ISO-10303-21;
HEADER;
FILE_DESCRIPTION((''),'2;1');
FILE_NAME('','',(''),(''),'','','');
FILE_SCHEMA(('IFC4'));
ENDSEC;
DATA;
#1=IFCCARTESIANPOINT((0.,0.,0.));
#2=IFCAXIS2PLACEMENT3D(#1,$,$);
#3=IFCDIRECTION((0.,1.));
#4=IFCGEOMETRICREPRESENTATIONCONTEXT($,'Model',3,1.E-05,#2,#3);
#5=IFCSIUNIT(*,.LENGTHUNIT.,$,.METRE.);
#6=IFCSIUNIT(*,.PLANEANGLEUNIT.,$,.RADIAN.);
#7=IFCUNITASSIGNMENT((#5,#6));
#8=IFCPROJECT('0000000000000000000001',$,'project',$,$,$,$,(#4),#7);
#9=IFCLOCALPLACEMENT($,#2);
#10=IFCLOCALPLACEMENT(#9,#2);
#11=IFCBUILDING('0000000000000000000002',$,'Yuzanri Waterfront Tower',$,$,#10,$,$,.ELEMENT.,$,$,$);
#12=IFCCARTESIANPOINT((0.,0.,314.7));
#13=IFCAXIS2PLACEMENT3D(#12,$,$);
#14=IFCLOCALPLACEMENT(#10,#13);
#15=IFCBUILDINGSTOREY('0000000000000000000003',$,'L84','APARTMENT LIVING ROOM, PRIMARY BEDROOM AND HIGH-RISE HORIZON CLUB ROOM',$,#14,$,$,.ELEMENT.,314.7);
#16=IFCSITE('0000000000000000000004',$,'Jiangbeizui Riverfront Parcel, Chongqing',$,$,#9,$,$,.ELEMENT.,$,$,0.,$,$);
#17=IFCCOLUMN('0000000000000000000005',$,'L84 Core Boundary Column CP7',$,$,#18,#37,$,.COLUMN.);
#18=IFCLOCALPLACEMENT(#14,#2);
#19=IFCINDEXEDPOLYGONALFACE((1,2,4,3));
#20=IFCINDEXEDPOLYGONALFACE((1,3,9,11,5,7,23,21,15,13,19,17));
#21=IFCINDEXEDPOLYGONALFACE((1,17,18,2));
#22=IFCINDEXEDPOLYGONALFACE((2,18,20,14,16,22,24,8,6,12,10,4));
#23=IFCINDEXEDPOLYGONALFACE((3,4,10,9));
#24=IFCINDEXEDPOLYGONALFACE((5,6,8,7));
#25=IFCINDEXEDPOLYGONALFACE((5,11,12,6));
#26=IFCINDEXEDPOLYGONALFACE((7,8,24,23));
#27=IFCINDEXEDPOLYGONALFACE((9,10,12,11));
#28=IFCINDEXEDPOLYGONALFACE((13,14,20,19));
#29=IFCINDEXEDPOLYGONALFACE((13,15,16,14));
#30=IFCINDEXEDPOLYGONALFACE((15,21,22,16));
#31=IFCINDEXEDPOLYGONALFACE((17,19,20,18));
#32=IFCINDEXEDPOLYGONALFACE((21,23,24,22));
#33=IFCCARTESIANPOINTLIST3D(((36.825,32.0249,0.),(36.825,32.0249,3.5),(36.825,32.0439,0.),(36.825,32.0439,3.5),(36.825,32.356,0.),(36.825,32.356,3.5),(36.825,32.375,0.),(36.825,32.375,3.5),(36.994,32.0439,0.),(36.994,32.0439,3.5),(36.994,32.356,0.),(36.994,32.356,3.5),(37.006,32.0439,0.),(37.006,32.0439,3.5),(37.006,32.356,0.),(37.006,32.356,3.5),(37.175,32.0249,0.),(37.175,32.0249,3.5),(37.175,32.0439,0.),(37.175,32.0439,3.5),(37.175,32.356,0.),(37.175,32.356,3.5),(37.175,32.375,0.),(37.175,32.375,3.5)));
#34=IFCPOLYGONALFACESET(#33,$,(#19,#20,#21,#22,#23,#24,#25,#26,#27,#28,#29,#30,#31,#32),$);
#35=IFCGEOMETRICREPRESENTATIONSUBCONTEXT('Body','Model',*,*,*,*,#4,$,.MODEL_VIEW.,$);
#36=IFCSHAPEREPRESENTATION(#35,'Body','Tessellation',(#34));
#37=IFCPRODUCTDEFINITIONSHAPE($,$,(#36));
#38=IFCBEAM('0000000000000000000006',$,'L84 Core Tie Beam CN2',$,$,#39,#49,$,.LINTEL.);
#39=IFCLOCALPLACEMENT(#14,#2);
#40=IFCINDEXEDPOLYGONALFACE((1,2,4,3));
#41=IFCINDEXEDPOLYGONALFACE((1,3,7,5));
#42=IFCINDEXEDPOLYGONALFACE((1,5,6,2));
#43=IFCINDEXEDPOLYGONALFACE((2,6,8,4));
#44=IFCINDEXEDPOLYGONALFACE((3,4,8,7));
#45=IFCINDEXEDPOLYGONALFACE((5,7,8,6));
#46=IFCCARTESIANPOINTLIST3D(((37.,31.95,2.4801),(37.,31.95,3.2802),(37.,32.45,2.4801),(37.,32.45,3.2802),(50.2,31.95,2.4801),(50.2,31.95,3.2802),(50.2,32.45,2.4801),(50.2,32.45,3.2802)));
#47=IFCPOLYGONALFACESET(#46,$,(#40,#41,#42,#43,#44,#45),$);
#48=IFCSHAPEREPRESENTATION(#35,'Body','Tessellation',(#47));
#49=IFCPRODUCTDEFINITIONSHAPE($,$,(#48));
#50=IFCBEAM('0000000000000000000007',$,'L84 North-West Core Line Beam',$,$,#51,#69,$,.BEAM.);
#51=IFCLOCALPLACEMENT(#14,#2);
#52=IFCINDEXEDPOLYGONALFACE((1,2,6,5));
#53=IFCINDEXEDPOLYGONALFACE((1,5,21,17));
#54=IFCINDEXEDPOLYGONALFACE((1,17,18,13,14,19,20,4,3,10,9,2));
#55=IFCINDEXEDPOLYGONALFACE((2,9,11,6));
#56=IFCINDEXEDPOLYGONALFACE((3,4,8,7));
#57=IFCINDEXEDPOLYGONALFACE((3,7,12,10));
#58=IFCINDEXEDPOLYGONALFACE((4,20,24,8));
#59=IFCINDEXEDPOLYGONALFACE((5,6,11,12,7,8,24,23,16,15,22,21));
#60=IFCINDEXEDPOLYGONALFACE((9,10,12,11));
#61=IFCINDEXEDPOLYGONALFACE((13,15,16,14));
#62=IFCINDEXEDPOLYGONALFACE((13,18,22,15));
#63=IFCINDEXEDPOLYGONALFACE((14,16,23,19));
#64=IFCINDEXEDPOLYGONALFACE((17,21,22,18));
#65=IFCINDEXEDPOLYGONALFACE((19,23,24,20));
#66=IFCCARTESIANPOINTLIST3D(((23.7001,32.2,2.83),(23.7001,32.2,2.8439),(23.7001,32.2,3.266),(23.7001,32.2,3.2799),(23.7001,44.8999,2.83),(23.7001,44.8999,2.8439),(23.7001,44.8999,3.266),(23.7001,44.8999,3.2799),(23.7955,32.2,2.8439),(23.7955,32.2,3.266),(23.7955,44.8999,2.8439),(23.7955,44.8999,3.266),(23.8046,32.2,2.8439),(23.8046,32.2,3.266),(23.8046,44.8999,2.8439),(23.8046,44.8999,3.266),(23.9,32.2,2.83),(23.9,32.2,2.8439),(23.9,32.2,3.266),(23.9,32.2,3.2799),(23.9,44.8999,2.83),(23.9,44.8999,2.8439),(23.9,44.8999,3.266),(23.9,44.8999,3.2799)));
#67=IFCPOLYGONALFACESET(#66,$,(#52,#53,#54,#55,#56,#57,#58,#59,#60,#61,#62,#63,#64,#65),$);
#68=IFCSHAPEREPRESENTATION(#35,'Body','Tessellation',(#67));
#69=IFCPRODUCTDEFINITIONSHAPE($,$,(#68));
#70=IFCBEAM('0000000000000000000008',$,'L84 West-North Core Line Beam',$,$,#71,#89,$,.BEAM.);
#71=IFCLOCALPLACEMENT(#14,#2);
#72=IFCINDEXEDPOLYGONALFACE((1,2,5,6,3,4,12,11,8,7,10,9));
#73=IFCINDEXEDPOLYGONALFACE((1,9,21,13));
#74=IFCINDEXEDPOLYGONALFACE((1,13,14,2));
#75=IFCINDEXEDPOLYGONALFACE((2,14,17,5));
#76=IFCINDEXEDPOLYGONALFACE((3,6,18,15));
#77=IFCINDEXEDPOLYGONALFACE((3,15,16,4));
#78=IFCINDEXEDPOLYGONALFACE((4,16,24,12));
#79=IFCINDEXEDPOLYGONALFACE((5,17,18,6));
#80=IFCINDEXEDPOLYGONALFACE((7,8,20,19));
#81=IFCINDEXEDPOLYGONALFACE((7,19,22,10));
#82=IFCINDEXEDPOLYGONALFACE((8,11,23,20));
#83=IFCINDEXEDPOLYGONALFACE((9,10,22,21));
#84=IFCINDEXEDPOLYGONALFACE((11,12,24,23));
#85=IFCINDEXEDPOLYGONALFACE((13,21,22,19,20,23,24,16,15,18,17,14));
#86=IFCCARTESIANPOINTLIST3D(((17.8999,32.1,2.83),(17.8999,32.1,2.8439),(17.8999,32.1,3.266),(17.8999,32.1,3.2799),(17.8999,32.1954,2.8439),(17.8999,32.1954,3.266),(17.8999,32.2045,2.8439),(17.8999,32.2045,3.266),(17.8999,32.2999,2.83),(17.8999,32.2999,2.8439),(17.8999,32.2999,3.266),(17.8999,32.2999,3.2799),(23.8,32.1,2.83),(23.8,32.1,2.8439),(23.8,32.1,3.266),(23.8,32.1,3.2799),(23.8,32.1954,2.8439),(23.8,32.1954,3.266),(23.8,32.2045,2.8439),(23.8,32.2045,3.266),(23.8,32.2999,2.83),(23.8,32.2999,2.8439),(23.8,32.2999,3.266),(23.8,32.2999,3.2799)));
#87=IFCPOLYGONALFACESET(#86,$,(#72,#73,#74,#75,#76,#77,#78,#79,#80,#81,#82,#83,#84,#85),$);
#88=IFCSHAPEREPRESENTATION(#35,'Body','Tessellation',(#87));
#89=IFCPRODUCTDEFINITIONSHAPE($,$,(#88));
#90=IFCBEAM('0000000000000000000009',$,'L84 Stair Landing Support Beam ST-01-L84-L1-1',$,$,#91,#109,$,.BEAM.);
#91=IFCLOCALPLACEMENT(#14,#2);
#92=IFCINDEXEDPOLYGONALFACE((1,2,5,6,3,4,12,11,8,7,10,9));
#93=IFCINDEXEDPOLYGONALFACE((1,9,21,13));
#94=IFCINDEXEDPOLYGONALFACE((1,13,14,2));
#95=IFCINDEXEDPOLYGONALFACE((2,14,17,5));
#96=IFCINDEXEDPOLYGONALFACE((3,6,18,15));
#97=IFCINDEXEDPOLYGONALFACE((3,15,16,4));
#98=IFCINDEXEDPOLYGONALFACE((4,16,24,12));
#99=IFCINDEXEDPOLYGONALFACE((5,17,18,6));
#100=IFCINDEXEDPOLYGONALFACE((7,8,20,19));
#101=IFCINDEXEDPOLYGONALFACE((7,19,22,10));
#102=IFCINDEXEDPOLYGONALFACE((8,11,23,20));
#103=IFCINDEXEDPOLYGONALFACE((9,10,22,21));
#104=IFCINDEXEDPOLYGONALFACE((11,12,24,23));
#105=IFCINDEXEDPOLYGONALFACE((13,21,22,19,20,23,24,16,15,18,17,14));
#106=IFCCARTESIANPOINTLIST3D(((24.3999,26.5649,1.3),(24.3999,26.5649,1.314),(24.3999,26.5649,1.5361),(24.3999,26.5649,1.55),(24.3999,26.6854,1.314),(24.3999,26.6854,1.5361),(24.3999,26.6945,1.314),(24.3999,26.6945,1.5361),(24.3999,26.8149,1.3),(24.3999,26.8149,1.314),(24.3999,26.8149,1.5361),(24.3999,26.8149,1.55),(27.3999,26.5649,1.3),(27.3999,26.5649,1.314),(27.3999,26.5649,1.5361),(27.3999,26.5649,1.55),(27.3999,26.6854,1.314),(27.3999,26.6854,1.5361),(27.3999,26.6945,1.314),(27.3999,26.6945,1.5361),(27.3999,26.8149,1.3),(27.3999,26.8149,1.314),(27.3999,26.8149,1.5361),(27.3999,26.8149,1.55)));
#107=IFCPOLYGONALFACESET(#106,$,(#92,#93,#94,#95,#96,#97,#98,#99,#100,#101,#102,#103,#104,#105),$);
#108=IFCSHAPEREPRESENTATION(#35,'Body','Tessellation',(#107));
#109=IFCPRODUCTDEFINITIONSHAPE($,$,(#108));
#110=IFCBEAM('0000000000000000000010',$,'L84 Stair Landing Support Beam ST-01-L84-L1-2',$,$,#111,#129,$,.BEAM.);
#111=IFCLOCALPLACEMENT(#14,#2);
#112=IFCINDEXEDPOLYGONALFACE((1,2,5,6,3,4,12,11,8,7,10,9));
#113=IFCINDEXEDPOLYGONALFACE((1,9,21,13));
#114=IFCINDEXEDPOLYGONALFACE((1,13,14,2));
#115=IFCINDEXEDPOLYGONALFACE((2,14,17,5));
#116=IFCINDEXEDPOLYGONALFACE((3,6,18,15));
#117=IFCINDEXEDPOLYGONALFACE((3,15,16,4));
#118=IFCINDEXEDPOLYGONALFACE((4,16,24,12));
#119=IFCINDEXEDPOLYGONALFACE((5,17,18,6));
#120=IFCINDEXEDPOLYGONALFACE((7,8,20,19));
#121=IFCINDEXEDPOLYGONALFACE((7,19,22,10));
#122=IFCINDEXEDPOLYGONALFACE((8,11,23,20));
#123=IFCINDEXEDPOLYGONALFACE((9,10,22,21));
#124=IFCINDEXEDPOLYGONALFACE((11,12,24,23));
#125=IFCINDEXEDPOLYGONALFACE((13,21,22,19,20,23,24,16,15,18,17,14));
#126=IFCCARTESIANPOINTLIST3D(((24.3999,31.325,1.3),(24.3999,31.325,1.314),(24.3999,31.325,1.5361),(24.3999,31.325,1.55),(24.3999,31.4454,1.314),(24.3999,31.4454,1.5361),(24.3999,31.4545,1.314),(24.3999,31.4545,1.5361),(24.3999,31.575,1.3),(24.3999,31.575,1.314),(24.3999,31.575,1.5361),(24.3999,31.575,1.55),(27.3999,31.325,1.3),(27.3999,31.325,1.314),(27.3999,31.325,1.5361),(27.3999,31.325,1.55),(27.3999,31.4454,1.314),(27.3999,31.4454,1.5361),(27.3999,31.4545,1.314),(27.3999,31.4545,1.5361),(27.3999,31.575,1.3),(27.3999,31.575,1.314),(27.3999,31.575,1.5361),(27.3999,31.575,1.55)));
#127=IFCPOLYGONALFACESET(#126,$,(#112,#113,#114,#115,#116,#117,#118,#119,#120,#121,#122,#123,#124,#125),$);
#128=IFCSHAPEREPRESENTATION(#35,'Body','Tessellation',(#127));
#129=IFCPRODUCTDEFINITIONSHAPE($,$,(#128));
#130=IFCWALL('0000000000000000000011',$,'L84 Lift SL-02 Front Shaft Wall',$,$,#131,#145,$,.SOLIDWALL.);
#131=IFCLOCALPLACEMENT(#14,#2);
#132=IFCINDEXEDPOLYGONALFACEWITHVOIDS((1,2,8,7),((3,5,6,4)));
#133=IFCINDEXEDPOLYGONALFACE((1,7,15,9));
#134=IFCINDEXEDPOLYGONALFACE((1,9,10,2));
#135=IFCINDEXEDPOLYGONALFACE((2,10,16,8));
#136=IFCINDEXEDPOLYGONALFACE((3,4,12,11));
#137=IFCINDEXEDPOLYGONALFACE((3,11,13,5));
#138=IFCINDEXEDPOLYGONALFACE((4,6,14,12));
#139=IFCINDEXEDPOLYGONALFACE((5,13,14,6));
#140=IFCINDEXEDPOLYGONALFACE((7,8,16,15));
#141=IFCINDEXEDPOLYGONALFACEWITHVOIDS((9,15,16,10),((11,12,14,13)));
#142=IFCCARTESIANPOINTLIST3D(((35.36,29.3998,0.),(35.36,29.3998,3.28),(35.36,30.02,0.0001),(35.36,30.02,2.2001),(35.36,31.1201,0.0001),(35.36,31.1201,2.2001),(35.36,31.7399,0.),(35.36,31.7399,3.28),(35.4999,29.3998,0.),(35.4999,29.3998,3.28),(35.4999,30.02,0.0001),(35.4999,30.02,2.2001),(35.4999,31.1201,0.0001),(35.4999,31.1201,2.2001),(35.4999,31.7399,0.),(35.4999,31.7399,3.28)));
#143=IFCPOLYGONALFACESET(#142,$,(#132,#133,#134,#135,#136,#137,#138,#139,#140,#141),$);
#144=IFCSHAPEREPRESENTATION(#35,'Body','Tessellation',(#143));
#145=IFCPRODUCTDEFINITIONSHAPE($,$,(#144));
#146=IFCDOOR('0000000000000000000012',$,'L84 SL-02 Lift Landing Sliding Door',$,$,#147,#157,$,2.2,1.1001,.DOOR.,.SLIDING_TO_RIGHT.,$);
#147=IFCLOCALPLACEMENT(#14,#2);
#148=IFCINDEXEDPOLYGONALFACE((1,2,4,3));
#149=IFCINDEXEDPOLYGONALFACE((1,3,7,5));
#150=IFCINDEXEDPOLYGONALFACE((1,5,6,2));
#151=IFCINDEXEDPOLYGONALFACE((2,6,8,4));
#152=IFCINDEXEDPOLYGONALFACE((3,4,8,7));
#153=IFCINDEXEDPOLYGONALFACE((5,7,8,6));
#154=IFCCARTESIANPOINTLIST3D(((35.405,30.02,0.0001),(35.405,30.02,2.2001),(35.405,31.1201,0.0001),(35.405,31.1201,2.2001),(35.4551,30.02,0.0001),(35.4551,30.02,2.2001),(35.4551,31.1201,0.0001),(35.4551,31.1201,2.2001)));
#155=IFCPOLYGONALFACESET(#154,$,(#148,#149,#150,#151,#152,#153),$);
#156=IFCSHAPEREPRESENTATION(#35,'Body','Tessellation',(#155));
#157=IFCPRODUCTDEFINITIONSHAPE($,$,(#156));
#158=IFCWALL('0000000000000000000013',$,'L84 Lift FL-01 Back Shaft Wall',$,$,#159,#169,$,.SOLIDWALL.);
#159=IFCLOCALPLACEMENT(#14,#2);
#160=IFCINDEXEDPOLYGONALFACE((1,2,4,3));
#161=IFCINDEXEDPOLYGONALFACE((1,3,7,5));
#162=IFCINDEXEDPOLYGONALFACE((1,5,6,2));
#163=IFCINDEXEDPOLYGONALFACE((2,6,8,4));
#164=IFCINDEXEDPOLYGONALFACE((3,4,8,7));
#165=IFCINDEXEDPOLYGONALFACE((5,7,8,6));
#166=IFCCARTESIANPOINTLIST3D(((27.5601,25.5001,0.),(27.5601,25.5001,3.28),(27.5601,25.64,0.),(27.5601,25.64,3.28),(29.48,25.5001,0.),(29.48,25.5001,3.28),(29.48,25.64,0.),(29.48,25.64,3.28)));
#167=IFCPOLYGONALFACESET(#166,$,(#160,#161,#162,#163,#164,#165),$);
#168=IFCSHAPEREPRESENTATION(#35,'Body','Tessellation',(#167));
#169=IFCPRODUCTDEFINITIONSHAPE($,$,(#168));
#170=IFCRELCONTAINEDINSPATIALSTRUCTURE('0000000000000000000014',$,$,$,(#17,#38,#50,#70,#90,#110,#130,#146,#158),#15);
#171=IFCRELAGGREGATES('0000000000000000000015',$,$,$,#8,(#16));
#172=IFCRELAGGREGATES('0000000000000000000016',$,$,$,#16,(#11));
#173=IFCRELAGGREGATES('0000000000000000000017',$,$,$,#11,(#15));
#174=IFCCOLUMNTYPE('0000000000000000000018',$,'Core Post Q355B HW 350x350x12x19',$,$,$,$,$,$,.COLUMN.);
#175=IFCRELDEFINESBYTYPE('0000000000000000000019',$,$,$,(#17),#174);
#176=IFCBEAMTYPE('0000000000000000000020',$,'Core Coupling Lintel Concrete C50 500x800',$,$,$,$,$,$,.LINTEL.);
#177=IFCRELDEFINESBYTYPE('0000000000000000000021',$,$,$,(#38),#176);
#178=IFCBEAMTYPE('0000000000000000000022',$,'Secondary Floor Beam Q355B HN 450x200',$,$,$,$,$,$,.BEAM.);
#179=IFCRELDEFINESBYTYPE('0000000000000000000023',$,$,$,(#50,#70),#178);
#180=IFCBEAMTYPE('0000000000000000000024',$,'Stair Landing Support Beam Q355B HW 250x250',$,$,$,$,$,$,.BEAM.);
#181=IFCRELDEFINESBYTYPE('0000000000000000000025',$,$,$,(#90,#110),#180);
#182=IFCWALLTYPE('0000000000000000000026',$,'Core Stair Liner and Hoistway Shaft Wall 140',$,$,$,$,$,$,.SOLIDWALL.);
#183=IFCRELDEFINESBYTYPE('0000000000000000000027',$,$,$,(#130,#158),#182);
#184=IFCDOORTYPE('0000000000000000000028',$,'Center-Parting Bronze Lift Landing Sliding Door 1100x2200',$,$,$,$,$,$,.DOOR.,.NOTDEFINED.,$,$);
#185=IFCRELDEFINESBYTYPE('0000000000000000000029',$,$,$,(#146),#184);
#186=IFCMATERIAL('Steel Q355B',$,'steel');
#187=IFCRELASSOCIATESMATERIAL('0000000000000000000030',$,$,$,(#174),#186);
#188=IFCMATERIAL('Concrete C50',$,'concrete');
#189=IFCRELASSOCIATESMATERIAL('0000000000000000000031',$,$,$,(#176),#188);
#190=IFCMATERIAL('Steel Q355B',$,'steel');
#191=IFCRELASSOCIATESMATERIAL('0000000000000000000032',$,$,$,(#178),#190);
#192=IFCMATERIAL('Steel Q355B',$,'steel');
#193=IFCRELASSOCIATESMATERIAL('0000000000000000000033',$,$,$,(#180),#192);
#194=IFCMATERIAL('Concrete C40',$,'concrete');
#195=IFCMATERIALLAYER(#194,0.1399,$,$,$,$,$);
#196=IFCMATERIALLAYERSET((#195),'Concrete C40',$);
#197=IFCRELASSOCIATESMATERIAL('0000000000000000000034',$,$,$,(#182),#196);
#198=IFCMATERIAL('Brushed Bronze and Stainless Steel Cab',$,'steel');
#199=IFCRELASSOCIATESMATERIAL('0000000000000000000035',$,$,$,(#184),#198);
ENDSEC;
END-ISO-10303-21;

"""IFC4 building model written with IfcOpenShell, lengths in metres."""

from ifc_helpers import new_model, si_unit, direction, frame, frame_2d, origin, origin_2d, place, context, subcontext, project, spatial, rectangle, i_section, extrude, source, transform, mapped, material, layer, layer_set, material_profile, profile_set, type_object, element, fill, save


model = new_model("IFC4")

# Units and contexts
model_context = context("Model", 3, precision=1e-05, world=origin(), true_north=direction((0.0, 1.0)))
body_context = subcontext(model_context, "Body", "Model", "MODEL_VIEW")
ifc_project = project(units=[si_unit("LENGTHUNIT", "METRE"), si_unit("PLANEANGLEUNIT", "RADIAN")], contexts=[model_context])

# Site, building, storey
site_placement = place(None, origin())
site = spatial("IfcSite", under=ifc_project, at=site_placement, Name="Jiangbeizui Riverfront Parcel, Chongqing", CompositionType="ELEMENT", RefElevation=0.0)
building_placement = place(site_placement, origin())
building = spatial("IfcBuilding", under=site, at=building_placement, Name="Yuzanri Waterfront Tower", CompositionType="ELEMENT")
storey_placement = place(building_placement, frame((0.0, 0.0, 314.7)))
storey = spatial("IfcBuildingStorey", under=building, at=storey_placement, Name="L84", Description="APARTMENT LIVING ROOM, PRIMARY BEDROOM AND HIGH-RISE HORIZON CLUB ROOM", CompositionType="ELEMENT", Elevation=314.7)

# Column
ifc_material_1 = material(Name="Steel Q355B", Category="steel")
ifc_material_profile_1 = material_profile(ifc_material_1, i_section(OverallWidth=0.3501, OverallDepth=0.3501, WebThickness=0.012, FlangeThickness=0.019, at=origin_2d()), Name="HW 350x350x12x19")
ifc_profile_set_1 = profile_set([ifc_material_profile_1], Name="Steel Q355B")
column_type = type_object("IfcColumnType", Name="Core Post Q355B HW 350x350x12x19", PredefinedType="COLUMN", material=ifc_profile_set_1)
shared_shape_1 = source(origin(), body_context, "Body", "SweptSolid", [
    extrude(i_section(OverallWidth=0.3501, OverallDepth=0.3501, WebThickness=0.012, FlangeThickness=0.019, at=origin_2d()), origin(), (0.0, 0.0, 1.0), 3.5),
])
column_placement = place(storey_placement, frame((37.0, 32.2, 0.0), z_axis=(0.0, 0.0, 1.0), x_axis=(1.0, 0.0, 0.0)))
element("IfcColumn", 1, at=column_placement, inside=storey, type_object=column_type, Name="L84 Core Boundary Column CP7", PredefinedType="COLUMN", context=body_context, shape_type="MappedRepresentation", body=[
    mapped(shared_shape_1, transform((0.0, 0.0, 0.0), scale=1.0)),
])

# Beams
ifc_material_2 = material(Name="Concrete C50", Category="concrete")
ifc_material_profile_2 = material_profile(ifc_material_2, rectangle(XDim=0.5, YDim=0.8, at=origin_2d()), Name="RC 500x800")
ifc_profile_set_2 = profile_set([ifc_material_profile_2], Name="Concrete C50")
beam_type_1 = type_object("IfcBeamType", Name="Core Coupling Lintel Concrete C50 500x800", PredefinedType="LINTEL", material=ifc_profile_set_2)
shared_shape_2 = source(origin(), body_context, "Body", "SweptSolid", [
    extrude(rectangle(XDim=0.5, YDim=0.8, at=origin_2d()), origin(), (0.0, 0.0, 1.0), 13.2),
])
beam_1_placement = place(storey_placement, frame((37.0, 32.2, 2.8801), z_axis=(1.0, 0.0, 0.0), x_axis=(0.0, 1.0, 0.0)))
element("IfcBeam", 2, at=beam_1_placement, inside=storey, type_object=beam_type_1, Name="L84 Core Tie Beam CN2", PredefinedType="LINTEL", context=body_context, shape_type="MappedRepresentation", body=[
    mapped(shared_shape_2, transform((0.0, 0.0, 0.0), scale=1.0)),
])
ifc_material_3 = material(Name="Steel Q355B", Category="steel")
ifc_material_profile_3 = material_profile(ifc_material_3, i_section(OverallWidth=0.2, OverallDepth=0.45, WebThickness=0.009, FlangeThickness=0.0139, at=origin_2d()), Name="HN 450x200x9x14")
ifc_profile_set_3 = profile_set([ifc_material_profile_3], Name="Steel Q355B")
beam_type_2 = type_object("IfcBeamType", Name="Secondary Floor Beam Q355B HN 450x200", PredefinedType="BEAM", material=ifc_profile_set_3)
shared_shape_3 = source(origin(), body_context, "Body", "SweptSolid", [
    extrude(i_section(OverallWidth=0.2, OverallDepth=0.45, WebThickness=0.009, FlangeThickness=0.0139, at=origin_2d()), origin(), (0.0, 0.0, 1.0), 12.7),
])
beam_2_placement = place(storey_placement, frame((23.8, 32.2, 3.0549), z_axis=(0.0, 1.0, 0.0), x_axis=(-1.0, 0.0, 0.0)))
element("IfcBeam", 3, at=beam_2_placement, inside=storey, type_object=beam_type_2, Name="L84 North-West Core Line Beam", PredefinedType="BEAM", context=body_context, shape_type="MappedRepresentation", body=[
    mapped(shared_shape_3, transform((0.0, 0.0, 0.0), scale=1.0)),
])
shared_shape_4 = source(origin(), body_context, "Body", "SweptSolid", [
    extrude(i_section(OverallWidth=0.2, OverallDepth=0.45, WebThickness=0.009, FlangeThickness=0.0139, at=origin_2d()), origin(), (0.0, 0.0, 1.0), 5.9001),
])
beam_3_placement = place(storey_placement, frame((23.8, 32.2, 3.0549), z_axis=(-1.0, 0.0, 0.0), x_axis=(0.0, -1.0, 0.0)))
element("IfcBeam", 4, at=beam_3_placement, inside=storey, type_object=beam_type_2, Name="L84 West-North Core Line Beam", PredefinedType="BEAM", context=body_context, shape_type="MappedRepresentation", body=[
    mapped(shared_shape_4, transform((0.0, 0.0, 0.0), scale=1.0)),
])
ifc_material_4 = material(Name="Steel Q355B", Category="steel")
ifc_material_profile_4 = material_profile(ifc_material_4, i_section(OverallWidth=0.25, OverallDepth=0.25, WebThickness=0.009, FlangeThickness=0.0139, at=origin_2d()), Name="HW 250x250x9x14")
ifc_profile_set_4 = profile_set([ifc_material_profile_4], Name="Steel Q355B")
beam_type_3 = type_object("IfcBeamType", Name="Stair Landing Support Beam Q355B HW 250x250", PredefinedType="BEAM", material=ifc_profile_set_4)
shared_shape_5 = source(origin(), body_context, "Body", "SweptSolid", [
    extrude(i_section(OverallWidth=0.25, OverallDepth=0.25, WebThickness=0.009, FlangeThickness=0.0139, at=origin_2d()), origin(), (0.0, 0.0, 1.0), 3.0),
])
for number, where, z_axis, x_axis, name in (
    (5, (24.3999, 26.6899, 1.425), (1.0, 0.0, 0.0), (0.0, 1.0, 0.0), "L84 Stair Landing Support Beam ST-01-L84-L1-1"),
    (6, (24.3999, 31.45, 1.425), (1.0, 0.0, 0.0), (0.0, 1.0, 0.0), "L84 Stair Landing Support Beam ST-01-L84-L1-2"),
):
    element("IfcBeam", number, at=place(storey_placement, frame(where, z_axis=z_axis, x_axis=x_axis)), inside=storey, type_object=beam_type_3, Name=name, PredefinedType="BEAM", context=body_context, shape_type="MappedRepresentation", body=[
        mapped(shared_shape_5, transform((0.0, 0.0, 0.0), scale=1.0)),
    ])

# Wall, opening, door
ifc_material_5 = material(Name="Concrete C40", Category="concrete")
ifc_layer_1 = layer(ifc_material_5, 0.1399)
ifc_layer_set_1 = layer_set([ifc_layer_1], Name="Concrete C40")
wall_type_1 = type_object("IfcWallType", Name="Core Stair Liner and Hoistway Shaft Wall 140", PredefinedType="SOLIDWALL", material=ifc_layer_set_1)
wall_1_placement = place(storey_placement, frame((35.4299, 29.3999, 0.0), z_axis=(0.0, 0.0, 1.0), x_axis=(0.0, 1.0, 0.0)))
wall_1 = element("IfcWall", 7, at=wall_1_placement, inside=storey, type_object=wall_type_1, Name="L84 Lift SL-02 Front Shaft Wall", PredefinedType="SOLIDWALL", context=body_context, shape_type="SweptSolid", body=[
    extrude(rectangle(XDim=2.3401, YDim=0.1399, at=frame_2d((1.1699, 0.0))), origin(), (0.0, 0.0, 1.0), 3.28),
])
opening_1_placement = place(wall_1_placement, frame((0.6201, 0.0, 0.0)))
opening_1 = element("IfcOpeningElement", 8, at=opening_1_placement, cuts=wall_1, PredefinedType="OPENING", context=body_context, shape_type="SweptSolid", body=[
    extrude(rectangle(XDim=1.1001, YDim=2.2, at=frame_2d((0.55, 1.1001))), frame((0.0, 0.085, 0.0), z_axis=(0.0, -1.0, 0.0), x_axis=(1.0, 0.0, 0.0)), (0.0, 0.0, 1.0), 0.1697),
])
ifc_material_6 = material(Name="Brushed Bronze and Stainless Steel Cab", Category="steel")
door_type_1 = type_object("IfcDoorType", Name="Center-Parting Bronze Lift Landing Sliding Door 1100x2200", OperationType="NOTDEFINED", PredefinedType="DOOR", material=ifc_material_6)
shared_shape_6 = source(origin(), body_context, "Body", "SweptSolid", [
    extrude(rectangle(XDim=1.1001, YDim=2.2, at=frame_2d((0.55, 1.1001))), frame((0.0, 0.0249, 0.0), z_axis=(0.0, -1.0, 0.0), x_axis=(1.0, 0.0, 0.0)), (0.0, 0.0, 1.0), 0.05),
])
door_1_placement = place(opening_1_placement, origin())
door_1 = element("IfcDoor", 9, at=door_1_placement, inside=storey, type_object=door_type_1, Name="L84 SL-02 Lift Landing Sliding Door", OperationType="SLIDING_TO_RIGHT", OverallHeight=2.2, OverallWidth=1.1001, PredefinedType="DOOR", context=body_context, shape_type="MappedRepresentation", body=[
    mapped(shared_shape_6, transform((0.0, 0.0, 0.0), scale=1.0)),
])
fill(opening_1, door_1)

# Wall
shared_shape_7 = source(origin(), body_context, "Body", "SweptSolid", [
    extrude(rectangle(XDim=1.9199, YDim=0.1399, at=frame_2d((0.96, 0.0))), origin(), (0.0, 0.0, 1.0), 3.28),
])
wall_2_placement = place(storey_placement, frame((27.5601, 25.5701, 0.0), z_axis=(0.0, 0.0, 1.0), x_axis=(1.0, 0.0, 0.0)))
element("IfcWall", 10, at=wall_2_placement, inside=storey, type_object=wall_type_1, Name="L84 Lift FL-01 Back Shaft Wall", PredefinedType="SOLIDWALL", context=body_context, shape_type="MappedRepresentation", body=[
    mapped(shared_shape_7, transform((0.0, 0.0, 0.0), scale=1.0)),
])

save(model, "model.ifc")
